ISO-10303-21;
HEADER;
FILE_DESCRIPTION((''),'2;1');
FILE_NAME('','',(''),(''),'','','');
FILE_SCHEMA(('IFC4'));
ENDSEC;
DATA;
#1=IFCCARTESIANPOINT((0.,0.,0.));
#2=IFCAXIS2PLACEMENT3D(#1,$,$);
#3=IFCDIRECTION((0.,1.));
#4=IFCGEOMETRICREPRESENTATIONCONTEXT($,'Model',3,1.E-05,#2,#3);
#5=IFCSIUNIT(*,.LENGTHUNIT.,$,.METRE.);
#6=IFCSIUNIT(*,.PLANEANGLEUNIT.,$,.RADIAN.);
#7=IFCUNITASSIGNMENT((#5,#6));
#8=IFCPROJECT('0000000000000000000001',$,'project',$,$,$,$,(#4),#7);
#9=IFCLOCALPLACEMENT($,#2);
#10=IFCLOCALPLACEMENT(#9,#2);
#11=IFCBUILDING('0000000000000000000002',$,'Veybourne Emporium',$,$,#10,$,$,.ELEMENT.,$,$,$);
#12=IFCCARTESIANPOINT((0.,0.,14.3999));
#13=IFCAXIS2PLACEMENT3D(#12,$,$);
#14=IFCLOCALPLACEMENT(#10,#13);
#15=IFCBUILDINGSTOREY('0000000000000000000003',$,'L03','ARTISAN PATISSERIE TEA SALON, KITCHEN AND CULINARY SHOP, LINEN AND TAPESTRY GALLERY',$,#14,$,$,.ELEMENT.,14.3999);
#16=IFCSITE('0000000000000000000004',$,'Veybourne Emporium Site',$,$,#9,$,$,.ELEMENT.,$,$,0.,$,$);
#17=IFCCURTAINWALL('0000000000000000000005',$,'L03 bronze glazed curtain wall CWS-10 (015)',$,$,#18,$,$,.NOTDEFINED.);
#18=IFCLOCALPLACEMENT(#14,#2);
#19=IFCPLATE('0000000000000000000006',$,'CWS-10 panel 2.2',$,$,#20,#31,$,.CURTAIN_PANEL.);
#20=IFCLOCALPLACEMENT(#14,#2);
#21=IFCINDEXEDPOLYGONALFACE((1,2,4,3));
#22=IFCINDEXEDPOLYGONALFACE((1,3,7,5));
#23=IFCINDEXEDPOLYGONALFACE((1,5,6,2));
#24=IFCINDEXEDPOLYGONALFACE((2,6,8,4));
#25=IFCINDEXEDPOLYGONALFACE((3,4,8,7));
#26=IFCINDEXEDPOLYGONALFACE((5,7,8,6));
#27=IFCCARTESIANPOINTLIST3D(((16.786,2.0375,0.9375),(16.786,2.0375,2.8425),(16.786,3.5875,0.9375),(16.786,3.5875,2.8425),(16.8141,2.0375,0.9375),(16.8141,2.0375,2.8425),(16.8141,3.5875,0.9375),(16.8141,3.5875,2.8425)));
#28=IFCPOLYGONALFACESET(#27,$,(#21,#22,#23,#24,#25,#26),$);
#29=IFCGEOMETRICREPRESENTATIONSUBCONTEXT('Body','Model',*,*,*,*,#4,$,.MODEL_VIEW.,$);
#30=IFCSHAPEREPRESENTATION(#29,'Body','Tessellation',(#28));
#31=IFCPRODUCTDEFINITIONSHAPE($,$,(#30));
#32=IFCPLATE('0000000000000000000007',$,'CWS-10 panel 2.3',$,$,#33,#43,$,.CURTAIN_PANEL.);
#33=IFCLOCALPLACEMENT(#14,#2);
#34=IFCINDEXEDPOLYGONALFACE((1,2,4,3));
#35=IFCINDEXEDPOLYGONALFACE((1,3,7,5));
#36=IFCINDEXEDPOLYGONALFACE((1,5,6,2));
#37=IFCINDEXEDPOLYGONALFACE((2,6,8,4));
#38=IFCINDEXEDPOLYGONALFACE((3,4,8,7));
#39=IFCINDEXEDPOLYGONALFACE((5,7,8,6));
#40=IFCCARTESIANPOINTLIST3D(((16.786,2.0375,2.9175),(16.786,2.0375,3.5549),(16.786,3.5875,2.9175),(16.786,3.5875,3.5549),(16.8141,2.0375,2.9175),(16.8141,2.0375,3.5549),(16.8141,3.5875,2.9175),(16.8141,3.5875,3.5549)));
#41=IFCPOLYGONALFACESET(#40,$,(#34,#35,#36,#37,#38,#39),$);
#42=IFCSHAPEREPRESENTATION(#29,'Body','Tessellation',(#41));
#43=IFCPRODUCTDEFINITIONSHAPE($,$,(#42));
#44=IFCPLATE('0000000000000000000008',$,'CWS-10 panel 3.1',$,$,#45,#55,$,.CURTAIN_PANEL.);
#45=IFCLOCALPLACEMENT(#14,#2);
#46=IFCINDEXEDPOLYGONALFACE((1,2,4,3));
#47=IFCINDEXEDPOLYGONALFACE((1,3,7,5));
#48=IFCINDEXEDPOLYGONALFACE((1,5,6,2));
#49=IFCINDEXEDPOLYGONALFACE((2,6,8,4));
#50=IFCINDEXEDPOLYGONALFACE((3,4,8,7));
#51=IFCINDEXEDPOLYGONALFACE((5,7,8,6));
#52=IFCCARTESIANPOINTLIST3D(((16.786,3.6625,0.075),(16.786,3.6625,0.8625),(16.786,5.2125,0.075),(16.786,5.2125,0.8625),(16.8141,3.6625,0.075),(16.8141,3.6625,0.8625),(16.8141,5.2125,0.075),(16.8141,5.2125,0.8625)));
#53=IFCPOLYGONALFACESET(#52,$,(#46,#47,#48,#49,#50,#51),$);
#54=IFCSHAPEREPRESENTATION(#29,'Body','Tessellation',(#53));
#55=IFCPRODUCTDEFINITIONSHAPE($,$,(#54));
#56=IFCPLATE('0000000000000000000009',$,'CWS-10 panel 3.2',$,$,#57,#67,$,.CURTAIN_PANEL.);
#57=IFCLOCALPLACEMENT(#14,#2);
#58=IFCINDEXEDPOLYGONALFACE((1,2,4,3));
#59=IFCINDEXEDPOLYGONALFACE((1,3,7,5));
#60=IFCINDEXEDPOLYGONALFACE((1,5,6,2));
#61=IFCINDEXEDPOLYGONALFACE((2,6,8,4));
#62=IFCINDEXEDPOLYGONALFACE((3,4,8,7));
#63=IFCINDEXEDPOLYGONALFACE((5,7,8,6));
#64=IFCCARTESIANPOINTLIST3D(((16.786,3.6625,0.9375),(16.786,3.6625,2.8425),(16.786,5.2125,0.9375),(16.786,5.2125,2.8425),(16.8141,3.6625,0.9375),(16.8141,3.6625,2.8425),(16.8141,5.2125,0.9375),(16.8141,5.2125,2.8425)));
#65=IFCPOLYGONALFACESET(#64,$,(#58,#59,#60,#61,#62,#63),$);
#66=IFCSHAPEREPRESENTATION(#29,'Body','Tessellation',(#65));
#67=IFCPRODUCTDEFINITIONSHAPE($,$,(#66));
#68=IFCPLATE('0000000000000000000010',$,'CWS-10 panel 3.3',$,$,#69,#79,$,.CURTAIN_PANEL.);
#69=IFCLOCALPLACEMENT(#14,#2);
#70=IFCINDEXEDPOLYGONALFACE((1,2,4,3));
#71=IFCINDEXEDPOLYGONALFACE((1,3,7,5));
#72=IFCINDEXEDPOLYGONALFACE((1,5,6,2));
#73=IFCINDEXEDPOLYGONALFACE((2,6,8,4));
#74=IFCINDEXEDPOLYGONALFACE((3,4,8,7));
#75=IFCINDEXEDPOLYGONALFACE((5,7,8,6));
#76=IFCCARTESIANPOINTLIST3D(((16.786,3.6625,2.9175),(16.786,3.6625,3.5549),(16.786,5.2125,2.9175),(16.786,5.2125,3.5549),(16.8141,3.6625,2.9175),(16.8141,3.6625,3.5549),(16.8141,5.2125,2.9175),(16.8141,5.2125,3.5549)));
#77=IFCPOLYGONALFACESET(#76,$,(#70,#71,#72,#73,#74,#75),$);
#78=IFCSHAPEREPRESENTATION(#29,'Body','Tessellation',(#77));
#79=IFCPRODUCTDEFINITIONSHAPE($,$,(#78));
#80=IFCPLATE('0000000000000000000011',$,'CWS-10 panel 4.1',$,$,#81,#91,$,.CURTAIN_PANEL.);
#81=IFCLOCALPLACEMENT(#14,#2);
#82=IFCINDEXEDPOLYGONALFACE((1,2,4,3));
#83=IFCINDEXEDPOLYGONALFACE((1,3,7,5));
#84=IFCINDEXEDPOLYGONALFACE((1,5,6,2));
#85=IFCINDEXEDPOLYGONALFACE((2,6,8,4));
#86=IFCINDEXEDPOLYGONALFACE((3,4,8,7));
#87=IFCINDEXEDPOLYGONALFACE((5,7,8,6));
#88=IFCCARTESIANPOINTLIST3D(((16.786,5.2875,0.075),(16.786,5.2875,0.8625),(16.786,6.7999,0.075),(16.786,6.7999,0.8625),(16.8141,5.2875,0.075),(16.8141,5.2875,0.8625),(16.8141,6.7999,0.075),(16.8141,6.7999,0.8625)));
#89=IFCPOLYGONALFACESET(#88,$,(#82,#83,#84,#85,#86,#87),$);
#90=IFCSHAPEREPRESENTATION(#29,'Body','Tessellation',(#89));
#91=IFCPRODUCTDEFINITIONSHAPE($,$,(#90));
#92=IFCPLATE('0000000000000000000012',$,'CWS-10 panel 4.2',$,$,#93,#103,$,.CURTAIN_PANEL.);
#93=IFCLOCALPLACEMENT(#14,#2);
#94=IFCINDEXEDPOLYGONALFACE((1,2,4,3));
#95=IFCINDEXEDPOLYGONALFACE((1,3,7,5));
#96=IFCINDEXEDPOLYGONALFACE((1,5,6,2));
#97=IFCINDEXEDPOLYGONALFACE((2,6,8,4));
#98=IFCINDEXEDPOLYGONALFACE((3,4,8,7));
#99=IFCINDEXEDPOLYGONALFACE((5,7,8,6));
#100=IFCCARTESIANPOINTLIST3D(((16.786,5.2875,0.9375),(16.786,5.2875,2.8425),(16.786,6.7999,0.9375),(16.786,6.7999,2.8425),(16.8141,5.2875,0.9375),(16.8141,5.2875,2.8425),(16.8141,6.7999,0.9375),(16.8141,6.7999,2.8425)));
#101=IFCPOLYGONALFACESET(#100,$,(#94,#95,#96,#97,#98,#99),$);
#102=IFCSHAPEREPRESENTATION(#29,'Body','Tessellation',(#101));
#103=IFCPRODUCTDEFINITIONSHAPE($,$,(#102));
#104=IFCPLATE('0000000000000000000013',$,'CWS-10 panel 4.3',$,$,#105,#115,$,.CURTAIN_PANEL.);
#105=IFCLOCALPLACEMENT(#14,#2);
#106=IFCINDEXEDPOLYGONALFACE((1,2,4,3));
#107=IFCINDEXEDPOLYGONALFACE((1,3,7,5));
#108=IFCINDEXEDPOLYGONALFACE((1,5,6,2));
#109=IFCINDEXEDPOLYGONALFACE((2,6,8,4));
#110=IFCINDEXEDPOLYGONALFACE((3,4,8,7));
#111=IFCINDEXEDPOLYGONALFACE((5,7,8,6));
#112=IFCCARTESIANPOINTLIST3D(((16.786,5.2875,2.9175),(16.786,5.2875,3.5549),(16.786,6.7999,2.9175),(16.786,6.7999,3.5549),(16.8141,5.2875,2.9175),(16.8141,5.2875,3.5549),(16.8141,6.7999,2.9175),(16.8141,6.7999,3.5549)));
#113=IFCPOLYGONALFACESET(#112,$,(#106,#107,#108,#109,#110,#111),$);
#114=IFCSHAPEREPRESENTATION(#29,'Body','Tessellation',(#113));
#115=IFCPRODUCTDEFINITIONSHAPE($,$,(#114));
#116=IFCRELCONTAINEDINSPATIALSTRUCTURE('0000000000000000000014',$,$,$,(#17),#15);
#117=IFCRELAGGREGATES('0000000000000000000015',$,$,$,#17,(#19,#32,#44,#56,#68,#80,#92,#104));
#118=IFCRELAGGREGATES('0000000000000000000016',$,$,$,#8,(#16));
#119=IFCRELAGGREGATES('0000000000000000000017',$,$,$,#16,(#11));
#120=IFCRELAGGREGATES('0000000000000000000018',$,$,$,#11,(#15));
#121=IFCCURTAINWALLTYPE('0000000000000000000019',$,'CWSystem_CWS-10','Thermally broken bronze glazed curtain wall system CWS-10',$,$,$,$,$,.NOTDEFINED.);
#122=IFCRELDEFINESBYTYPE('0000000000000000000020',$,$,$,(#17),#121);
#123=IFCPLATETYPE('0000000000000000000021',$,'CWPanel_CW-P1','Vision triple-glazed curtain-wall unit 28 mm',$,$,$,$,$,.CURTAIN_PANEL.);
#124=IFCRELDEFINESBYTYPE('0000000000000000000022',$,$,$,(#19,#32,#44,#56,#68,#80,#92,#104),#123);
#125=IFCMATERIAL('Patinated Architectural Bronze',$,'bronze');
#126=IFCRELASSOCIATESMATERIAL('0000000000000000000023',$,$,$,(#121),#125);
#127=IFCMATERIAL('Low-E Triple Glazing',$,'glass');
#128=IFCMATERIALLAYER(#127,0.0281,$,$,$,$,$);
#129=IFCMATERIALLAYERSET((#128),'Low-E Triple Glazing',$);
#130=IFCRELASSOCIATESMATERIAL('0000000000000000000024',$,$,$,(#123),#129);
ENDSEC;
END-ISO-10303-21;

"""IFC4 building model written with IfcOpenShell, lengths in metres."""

from ifc_helpers import new_model, si_unit, direction, frame, origin, origin_2d, place, context, subcontext, project, spatial, rectangle, extrude, material, layer, layer_set, type_object, element, aggregate, save


model = new_model("IFC4")

# Units and contexts
model_context = context("Model", 3, precision=1e-05, world=origin(), true_north=direction((0.0, 1.0)))
body_context = subcontext(model_context, "Body", "Model", "MODEL_VIEW")
ifc_project = project(units=[si_unit("LENGTHUNIT", "METRE"), si_unit("PLANEANGLEUNIT", "RADIAN")], contexts=[model_context])

# Site, building, storey
site_placement = place(None, origin())
site = spatial("IfcSite", under=ifc_project, at=site_placement, Name="Veybourne Emporium Site", CompositionType="ELEMENT", RefElevation=0.0)
building_placement = place(site_placement, origin())
building = spatial("IfcBuilding", under=site, at=building_placement, Name="Veybourne Emporium", CompositionType="ELEMENT")
storey_placement = place(building_placement, frame((0.0, 0.0, 14.3999)))
storey = spatial("IfcBuildingStorey", under=building, at=storey_placement, Name="L03", Description="ARTISAN PATISSERIE TEA SALON, KITCHEN AND CULINARY SHOP, LINEN AND TAPESTRY GALLERY", CompositionType="ELEMENT", Elevation=14.3999)

# Curtain wall
ifc_material_1 = material(Name="Patinated Architectural Bronze", Category="bronze")
curtain_wall_type_1 = type_object("IfcCurtainWallType", Name="CWSystem_CWS-10", Description="Thermally broken bronze glazed curtain wall system CWS-10", PredefinedType="NOTDEFINED", material=ifc_material_1)
curtain_wall_1_placement = place(storey_placement, origin())
curtain_wall_1 = element("IfcCurtainWall", 1, at=curtain_wall_1_placement, inside=storey, type_object=curtain_wall_type_1, Name="L03 bronze glazed curtain wall CWS-10 (015)", PredefinedType="NOTDEFINED")

# Plates
ifc_material_2 = material(Name="Low-E Triple Glazing", Category="glass")
ifc_layer = layer(ifc_material_2, 0.0281)
ifc_layer_set = layer_set([ifc_layer], Name="Low-E Triple Glazing")
plate_type = type_object("IfcPlateType", Name="CWPanel_CW-P1", Description="Vision triple-glazed curtain-wall unit 28 mm", PredefinedType="CURTAIN_PANEL", material=ifc_layer_set)
plate_1_placement = place(storey_placement, frame((16.8, 2.8125, 0.9375), z_axis=(0.0, 0.0, 1.0), x_axis=(0.0, 1.0, 0.0)))
plate_1 = element("IfcPlate", 2, at=plate_1_placement, type_object=plate_type, Name="CWS-10 panel 2.2", PredefinedType="CURTAIN_PANEL", context=body_context, shape_type="SweptSolid", body=[
    extrude(rectangle(XDim=1.55, YDim=0.0281, at=origin_2d()), origin(), (0.0, 0.0, 1.0), 1.905),
])
plate_2_placement = place(storey_placement, frame((16.8, 2.8125, 2.9175), z_axis=(0.0, 0.0, 1.0), x_axis=(0.0, 1.0, 0.0)))
plate_2 = element("IfcPlate", 3, at=plate_2_placement, type_object=plate_type, Name="CWS-10 panel 2.3", PredefinedType="CURTAIN_PANEL", context=body_context, shape_type="SweptSolid", body=[
    extrude(rectangle(XDim=1.55, YDim=0.0281, at=origin_2d()), origin(), (0.0, 0.0, 1.0), 0.6375),
])
plate_3_placement = place(storey_placement, frame((16.8, 4.4375, 0.075), z_axis=(0.0, 0.0, 1.0), x_axis=(0.0, 1.0, 0.0)))
plate_3 = element("IfcPlate", 4, at=plate_3_placement, type_object=plate_type, Name="CWS-10 panel 3.1", PredefinedType="CURTAIN_PANEL", context=body_context, shape_type="SweptSolid", body=[
    extrude(rectangle(XDim=1.55, YDim=0.0281, at=origin_2d()), origin(), (0.0, 0.0, 1.0), 0.7876),
])
plate_4_placement = place(storey_placement, frame((16.8, 4.4375, 0.9375), z_axis=(0.0, 0.0, 1.0), x_axis=(0.0, 1.0, 0.0)))
plate_4 = element("IfcPlate", 5, at=plate_4_placement, type_object=plate_type, Name="CWS-10 panel 3.2", PredefinedType="CURTAIN_PANEL", context=body_context, shape_type="SweptSolid", body=[
    extrude(rectangle(XDim=1.55, YDim=0.0281, at=origin_2d()), origin(), (0.0, 0.0, 1.0), 1.905),
])
plate_5_placement = place(storey_placement, frame((16.8, 4.4375, 2.9175), z_axis=(0.0, 0.0, 1.0), x_axis=(0.0, 1.0, 0.0)))
plate_5 = element("IfcPlate", 6, at=plate_5_placement, type_object=plate_type, Name="CWS-10 panel 3.3", PredefinedType="CURTAIN_PANEL", context=body_context, shape_type="SweptSolid", body=[
    extrude(rectangle(XDim=1.55, YDim=0.0281, at=origin_2d()), origin(), (0.0, 0.0, 1.0), 0.6375),
])
plate_6_placement = place(storey_placement, frame((16.8, 6.0437, 0.075), z_axis=(0.0, 0.0, 1.0), x_axis=(0.0, 1.0, 0.0)))
plate_6 = element("IfcPlate", 7, at=plate_6_placement, type_object=plate_type, Name="CWS-10 panel 4.1", PredefinedType="CURTAIN_PANEL", context=body_context, shape_type="SweptSolid", body=[
    extrude(rectangle(XDim=1.5125, YDim=0.0281, at=origin_2d()), origin(), (0.0, 0.0, 1.0), 0.7876),
])
plate_7_placement = place(storey_placement, frame((16.8, 6.0437, 0.9375), z_axis=(0.0, 0.0, 1.0), x_axis=(0.0, 1.0, 0.0)))
plate_7 = element("IfcPlate", 8, at=plate_7_placement, type_object=plate_type, Name="CWS-10 panel 4.2", PredefinedType="CURTAIN_PANEL", context=body_context, shape_type="SweptSolid", body=[
    extrude(rectangle(XDim=1.5125, YDim=0.0281, at=origin_2d()), origin(), (0.0, 0.0, 1.0), 1.905),
])
plate_8_placement = place(storey_placement, frame((16.8, 6.0437, 2.9175), z_axis=(0.0, 0.0, 1.0), x_axis=(0.0, 1.0, 0.0)))
plate_8 = element("IfcPlate", 9, at=plate_8_placement, type_object=plate_type, Name="CWS-10 panel 4.3", PredefinedType="CURTAIN_PANEL", context=body_context, shape_type="SweptSolid", body=[
    extrude(rectangle(XDim=1.5125, YDim=0.0281, at=origin_2d()), origin(), (0.0, 0.0, 1.0), 0.6375),
])
aggregate(curtain_wall_1, [plate_1, plate_2, plate_3, plate_4, plate_5, plate_6, plate_7, plate_8])

save(model, "model.ifc")
